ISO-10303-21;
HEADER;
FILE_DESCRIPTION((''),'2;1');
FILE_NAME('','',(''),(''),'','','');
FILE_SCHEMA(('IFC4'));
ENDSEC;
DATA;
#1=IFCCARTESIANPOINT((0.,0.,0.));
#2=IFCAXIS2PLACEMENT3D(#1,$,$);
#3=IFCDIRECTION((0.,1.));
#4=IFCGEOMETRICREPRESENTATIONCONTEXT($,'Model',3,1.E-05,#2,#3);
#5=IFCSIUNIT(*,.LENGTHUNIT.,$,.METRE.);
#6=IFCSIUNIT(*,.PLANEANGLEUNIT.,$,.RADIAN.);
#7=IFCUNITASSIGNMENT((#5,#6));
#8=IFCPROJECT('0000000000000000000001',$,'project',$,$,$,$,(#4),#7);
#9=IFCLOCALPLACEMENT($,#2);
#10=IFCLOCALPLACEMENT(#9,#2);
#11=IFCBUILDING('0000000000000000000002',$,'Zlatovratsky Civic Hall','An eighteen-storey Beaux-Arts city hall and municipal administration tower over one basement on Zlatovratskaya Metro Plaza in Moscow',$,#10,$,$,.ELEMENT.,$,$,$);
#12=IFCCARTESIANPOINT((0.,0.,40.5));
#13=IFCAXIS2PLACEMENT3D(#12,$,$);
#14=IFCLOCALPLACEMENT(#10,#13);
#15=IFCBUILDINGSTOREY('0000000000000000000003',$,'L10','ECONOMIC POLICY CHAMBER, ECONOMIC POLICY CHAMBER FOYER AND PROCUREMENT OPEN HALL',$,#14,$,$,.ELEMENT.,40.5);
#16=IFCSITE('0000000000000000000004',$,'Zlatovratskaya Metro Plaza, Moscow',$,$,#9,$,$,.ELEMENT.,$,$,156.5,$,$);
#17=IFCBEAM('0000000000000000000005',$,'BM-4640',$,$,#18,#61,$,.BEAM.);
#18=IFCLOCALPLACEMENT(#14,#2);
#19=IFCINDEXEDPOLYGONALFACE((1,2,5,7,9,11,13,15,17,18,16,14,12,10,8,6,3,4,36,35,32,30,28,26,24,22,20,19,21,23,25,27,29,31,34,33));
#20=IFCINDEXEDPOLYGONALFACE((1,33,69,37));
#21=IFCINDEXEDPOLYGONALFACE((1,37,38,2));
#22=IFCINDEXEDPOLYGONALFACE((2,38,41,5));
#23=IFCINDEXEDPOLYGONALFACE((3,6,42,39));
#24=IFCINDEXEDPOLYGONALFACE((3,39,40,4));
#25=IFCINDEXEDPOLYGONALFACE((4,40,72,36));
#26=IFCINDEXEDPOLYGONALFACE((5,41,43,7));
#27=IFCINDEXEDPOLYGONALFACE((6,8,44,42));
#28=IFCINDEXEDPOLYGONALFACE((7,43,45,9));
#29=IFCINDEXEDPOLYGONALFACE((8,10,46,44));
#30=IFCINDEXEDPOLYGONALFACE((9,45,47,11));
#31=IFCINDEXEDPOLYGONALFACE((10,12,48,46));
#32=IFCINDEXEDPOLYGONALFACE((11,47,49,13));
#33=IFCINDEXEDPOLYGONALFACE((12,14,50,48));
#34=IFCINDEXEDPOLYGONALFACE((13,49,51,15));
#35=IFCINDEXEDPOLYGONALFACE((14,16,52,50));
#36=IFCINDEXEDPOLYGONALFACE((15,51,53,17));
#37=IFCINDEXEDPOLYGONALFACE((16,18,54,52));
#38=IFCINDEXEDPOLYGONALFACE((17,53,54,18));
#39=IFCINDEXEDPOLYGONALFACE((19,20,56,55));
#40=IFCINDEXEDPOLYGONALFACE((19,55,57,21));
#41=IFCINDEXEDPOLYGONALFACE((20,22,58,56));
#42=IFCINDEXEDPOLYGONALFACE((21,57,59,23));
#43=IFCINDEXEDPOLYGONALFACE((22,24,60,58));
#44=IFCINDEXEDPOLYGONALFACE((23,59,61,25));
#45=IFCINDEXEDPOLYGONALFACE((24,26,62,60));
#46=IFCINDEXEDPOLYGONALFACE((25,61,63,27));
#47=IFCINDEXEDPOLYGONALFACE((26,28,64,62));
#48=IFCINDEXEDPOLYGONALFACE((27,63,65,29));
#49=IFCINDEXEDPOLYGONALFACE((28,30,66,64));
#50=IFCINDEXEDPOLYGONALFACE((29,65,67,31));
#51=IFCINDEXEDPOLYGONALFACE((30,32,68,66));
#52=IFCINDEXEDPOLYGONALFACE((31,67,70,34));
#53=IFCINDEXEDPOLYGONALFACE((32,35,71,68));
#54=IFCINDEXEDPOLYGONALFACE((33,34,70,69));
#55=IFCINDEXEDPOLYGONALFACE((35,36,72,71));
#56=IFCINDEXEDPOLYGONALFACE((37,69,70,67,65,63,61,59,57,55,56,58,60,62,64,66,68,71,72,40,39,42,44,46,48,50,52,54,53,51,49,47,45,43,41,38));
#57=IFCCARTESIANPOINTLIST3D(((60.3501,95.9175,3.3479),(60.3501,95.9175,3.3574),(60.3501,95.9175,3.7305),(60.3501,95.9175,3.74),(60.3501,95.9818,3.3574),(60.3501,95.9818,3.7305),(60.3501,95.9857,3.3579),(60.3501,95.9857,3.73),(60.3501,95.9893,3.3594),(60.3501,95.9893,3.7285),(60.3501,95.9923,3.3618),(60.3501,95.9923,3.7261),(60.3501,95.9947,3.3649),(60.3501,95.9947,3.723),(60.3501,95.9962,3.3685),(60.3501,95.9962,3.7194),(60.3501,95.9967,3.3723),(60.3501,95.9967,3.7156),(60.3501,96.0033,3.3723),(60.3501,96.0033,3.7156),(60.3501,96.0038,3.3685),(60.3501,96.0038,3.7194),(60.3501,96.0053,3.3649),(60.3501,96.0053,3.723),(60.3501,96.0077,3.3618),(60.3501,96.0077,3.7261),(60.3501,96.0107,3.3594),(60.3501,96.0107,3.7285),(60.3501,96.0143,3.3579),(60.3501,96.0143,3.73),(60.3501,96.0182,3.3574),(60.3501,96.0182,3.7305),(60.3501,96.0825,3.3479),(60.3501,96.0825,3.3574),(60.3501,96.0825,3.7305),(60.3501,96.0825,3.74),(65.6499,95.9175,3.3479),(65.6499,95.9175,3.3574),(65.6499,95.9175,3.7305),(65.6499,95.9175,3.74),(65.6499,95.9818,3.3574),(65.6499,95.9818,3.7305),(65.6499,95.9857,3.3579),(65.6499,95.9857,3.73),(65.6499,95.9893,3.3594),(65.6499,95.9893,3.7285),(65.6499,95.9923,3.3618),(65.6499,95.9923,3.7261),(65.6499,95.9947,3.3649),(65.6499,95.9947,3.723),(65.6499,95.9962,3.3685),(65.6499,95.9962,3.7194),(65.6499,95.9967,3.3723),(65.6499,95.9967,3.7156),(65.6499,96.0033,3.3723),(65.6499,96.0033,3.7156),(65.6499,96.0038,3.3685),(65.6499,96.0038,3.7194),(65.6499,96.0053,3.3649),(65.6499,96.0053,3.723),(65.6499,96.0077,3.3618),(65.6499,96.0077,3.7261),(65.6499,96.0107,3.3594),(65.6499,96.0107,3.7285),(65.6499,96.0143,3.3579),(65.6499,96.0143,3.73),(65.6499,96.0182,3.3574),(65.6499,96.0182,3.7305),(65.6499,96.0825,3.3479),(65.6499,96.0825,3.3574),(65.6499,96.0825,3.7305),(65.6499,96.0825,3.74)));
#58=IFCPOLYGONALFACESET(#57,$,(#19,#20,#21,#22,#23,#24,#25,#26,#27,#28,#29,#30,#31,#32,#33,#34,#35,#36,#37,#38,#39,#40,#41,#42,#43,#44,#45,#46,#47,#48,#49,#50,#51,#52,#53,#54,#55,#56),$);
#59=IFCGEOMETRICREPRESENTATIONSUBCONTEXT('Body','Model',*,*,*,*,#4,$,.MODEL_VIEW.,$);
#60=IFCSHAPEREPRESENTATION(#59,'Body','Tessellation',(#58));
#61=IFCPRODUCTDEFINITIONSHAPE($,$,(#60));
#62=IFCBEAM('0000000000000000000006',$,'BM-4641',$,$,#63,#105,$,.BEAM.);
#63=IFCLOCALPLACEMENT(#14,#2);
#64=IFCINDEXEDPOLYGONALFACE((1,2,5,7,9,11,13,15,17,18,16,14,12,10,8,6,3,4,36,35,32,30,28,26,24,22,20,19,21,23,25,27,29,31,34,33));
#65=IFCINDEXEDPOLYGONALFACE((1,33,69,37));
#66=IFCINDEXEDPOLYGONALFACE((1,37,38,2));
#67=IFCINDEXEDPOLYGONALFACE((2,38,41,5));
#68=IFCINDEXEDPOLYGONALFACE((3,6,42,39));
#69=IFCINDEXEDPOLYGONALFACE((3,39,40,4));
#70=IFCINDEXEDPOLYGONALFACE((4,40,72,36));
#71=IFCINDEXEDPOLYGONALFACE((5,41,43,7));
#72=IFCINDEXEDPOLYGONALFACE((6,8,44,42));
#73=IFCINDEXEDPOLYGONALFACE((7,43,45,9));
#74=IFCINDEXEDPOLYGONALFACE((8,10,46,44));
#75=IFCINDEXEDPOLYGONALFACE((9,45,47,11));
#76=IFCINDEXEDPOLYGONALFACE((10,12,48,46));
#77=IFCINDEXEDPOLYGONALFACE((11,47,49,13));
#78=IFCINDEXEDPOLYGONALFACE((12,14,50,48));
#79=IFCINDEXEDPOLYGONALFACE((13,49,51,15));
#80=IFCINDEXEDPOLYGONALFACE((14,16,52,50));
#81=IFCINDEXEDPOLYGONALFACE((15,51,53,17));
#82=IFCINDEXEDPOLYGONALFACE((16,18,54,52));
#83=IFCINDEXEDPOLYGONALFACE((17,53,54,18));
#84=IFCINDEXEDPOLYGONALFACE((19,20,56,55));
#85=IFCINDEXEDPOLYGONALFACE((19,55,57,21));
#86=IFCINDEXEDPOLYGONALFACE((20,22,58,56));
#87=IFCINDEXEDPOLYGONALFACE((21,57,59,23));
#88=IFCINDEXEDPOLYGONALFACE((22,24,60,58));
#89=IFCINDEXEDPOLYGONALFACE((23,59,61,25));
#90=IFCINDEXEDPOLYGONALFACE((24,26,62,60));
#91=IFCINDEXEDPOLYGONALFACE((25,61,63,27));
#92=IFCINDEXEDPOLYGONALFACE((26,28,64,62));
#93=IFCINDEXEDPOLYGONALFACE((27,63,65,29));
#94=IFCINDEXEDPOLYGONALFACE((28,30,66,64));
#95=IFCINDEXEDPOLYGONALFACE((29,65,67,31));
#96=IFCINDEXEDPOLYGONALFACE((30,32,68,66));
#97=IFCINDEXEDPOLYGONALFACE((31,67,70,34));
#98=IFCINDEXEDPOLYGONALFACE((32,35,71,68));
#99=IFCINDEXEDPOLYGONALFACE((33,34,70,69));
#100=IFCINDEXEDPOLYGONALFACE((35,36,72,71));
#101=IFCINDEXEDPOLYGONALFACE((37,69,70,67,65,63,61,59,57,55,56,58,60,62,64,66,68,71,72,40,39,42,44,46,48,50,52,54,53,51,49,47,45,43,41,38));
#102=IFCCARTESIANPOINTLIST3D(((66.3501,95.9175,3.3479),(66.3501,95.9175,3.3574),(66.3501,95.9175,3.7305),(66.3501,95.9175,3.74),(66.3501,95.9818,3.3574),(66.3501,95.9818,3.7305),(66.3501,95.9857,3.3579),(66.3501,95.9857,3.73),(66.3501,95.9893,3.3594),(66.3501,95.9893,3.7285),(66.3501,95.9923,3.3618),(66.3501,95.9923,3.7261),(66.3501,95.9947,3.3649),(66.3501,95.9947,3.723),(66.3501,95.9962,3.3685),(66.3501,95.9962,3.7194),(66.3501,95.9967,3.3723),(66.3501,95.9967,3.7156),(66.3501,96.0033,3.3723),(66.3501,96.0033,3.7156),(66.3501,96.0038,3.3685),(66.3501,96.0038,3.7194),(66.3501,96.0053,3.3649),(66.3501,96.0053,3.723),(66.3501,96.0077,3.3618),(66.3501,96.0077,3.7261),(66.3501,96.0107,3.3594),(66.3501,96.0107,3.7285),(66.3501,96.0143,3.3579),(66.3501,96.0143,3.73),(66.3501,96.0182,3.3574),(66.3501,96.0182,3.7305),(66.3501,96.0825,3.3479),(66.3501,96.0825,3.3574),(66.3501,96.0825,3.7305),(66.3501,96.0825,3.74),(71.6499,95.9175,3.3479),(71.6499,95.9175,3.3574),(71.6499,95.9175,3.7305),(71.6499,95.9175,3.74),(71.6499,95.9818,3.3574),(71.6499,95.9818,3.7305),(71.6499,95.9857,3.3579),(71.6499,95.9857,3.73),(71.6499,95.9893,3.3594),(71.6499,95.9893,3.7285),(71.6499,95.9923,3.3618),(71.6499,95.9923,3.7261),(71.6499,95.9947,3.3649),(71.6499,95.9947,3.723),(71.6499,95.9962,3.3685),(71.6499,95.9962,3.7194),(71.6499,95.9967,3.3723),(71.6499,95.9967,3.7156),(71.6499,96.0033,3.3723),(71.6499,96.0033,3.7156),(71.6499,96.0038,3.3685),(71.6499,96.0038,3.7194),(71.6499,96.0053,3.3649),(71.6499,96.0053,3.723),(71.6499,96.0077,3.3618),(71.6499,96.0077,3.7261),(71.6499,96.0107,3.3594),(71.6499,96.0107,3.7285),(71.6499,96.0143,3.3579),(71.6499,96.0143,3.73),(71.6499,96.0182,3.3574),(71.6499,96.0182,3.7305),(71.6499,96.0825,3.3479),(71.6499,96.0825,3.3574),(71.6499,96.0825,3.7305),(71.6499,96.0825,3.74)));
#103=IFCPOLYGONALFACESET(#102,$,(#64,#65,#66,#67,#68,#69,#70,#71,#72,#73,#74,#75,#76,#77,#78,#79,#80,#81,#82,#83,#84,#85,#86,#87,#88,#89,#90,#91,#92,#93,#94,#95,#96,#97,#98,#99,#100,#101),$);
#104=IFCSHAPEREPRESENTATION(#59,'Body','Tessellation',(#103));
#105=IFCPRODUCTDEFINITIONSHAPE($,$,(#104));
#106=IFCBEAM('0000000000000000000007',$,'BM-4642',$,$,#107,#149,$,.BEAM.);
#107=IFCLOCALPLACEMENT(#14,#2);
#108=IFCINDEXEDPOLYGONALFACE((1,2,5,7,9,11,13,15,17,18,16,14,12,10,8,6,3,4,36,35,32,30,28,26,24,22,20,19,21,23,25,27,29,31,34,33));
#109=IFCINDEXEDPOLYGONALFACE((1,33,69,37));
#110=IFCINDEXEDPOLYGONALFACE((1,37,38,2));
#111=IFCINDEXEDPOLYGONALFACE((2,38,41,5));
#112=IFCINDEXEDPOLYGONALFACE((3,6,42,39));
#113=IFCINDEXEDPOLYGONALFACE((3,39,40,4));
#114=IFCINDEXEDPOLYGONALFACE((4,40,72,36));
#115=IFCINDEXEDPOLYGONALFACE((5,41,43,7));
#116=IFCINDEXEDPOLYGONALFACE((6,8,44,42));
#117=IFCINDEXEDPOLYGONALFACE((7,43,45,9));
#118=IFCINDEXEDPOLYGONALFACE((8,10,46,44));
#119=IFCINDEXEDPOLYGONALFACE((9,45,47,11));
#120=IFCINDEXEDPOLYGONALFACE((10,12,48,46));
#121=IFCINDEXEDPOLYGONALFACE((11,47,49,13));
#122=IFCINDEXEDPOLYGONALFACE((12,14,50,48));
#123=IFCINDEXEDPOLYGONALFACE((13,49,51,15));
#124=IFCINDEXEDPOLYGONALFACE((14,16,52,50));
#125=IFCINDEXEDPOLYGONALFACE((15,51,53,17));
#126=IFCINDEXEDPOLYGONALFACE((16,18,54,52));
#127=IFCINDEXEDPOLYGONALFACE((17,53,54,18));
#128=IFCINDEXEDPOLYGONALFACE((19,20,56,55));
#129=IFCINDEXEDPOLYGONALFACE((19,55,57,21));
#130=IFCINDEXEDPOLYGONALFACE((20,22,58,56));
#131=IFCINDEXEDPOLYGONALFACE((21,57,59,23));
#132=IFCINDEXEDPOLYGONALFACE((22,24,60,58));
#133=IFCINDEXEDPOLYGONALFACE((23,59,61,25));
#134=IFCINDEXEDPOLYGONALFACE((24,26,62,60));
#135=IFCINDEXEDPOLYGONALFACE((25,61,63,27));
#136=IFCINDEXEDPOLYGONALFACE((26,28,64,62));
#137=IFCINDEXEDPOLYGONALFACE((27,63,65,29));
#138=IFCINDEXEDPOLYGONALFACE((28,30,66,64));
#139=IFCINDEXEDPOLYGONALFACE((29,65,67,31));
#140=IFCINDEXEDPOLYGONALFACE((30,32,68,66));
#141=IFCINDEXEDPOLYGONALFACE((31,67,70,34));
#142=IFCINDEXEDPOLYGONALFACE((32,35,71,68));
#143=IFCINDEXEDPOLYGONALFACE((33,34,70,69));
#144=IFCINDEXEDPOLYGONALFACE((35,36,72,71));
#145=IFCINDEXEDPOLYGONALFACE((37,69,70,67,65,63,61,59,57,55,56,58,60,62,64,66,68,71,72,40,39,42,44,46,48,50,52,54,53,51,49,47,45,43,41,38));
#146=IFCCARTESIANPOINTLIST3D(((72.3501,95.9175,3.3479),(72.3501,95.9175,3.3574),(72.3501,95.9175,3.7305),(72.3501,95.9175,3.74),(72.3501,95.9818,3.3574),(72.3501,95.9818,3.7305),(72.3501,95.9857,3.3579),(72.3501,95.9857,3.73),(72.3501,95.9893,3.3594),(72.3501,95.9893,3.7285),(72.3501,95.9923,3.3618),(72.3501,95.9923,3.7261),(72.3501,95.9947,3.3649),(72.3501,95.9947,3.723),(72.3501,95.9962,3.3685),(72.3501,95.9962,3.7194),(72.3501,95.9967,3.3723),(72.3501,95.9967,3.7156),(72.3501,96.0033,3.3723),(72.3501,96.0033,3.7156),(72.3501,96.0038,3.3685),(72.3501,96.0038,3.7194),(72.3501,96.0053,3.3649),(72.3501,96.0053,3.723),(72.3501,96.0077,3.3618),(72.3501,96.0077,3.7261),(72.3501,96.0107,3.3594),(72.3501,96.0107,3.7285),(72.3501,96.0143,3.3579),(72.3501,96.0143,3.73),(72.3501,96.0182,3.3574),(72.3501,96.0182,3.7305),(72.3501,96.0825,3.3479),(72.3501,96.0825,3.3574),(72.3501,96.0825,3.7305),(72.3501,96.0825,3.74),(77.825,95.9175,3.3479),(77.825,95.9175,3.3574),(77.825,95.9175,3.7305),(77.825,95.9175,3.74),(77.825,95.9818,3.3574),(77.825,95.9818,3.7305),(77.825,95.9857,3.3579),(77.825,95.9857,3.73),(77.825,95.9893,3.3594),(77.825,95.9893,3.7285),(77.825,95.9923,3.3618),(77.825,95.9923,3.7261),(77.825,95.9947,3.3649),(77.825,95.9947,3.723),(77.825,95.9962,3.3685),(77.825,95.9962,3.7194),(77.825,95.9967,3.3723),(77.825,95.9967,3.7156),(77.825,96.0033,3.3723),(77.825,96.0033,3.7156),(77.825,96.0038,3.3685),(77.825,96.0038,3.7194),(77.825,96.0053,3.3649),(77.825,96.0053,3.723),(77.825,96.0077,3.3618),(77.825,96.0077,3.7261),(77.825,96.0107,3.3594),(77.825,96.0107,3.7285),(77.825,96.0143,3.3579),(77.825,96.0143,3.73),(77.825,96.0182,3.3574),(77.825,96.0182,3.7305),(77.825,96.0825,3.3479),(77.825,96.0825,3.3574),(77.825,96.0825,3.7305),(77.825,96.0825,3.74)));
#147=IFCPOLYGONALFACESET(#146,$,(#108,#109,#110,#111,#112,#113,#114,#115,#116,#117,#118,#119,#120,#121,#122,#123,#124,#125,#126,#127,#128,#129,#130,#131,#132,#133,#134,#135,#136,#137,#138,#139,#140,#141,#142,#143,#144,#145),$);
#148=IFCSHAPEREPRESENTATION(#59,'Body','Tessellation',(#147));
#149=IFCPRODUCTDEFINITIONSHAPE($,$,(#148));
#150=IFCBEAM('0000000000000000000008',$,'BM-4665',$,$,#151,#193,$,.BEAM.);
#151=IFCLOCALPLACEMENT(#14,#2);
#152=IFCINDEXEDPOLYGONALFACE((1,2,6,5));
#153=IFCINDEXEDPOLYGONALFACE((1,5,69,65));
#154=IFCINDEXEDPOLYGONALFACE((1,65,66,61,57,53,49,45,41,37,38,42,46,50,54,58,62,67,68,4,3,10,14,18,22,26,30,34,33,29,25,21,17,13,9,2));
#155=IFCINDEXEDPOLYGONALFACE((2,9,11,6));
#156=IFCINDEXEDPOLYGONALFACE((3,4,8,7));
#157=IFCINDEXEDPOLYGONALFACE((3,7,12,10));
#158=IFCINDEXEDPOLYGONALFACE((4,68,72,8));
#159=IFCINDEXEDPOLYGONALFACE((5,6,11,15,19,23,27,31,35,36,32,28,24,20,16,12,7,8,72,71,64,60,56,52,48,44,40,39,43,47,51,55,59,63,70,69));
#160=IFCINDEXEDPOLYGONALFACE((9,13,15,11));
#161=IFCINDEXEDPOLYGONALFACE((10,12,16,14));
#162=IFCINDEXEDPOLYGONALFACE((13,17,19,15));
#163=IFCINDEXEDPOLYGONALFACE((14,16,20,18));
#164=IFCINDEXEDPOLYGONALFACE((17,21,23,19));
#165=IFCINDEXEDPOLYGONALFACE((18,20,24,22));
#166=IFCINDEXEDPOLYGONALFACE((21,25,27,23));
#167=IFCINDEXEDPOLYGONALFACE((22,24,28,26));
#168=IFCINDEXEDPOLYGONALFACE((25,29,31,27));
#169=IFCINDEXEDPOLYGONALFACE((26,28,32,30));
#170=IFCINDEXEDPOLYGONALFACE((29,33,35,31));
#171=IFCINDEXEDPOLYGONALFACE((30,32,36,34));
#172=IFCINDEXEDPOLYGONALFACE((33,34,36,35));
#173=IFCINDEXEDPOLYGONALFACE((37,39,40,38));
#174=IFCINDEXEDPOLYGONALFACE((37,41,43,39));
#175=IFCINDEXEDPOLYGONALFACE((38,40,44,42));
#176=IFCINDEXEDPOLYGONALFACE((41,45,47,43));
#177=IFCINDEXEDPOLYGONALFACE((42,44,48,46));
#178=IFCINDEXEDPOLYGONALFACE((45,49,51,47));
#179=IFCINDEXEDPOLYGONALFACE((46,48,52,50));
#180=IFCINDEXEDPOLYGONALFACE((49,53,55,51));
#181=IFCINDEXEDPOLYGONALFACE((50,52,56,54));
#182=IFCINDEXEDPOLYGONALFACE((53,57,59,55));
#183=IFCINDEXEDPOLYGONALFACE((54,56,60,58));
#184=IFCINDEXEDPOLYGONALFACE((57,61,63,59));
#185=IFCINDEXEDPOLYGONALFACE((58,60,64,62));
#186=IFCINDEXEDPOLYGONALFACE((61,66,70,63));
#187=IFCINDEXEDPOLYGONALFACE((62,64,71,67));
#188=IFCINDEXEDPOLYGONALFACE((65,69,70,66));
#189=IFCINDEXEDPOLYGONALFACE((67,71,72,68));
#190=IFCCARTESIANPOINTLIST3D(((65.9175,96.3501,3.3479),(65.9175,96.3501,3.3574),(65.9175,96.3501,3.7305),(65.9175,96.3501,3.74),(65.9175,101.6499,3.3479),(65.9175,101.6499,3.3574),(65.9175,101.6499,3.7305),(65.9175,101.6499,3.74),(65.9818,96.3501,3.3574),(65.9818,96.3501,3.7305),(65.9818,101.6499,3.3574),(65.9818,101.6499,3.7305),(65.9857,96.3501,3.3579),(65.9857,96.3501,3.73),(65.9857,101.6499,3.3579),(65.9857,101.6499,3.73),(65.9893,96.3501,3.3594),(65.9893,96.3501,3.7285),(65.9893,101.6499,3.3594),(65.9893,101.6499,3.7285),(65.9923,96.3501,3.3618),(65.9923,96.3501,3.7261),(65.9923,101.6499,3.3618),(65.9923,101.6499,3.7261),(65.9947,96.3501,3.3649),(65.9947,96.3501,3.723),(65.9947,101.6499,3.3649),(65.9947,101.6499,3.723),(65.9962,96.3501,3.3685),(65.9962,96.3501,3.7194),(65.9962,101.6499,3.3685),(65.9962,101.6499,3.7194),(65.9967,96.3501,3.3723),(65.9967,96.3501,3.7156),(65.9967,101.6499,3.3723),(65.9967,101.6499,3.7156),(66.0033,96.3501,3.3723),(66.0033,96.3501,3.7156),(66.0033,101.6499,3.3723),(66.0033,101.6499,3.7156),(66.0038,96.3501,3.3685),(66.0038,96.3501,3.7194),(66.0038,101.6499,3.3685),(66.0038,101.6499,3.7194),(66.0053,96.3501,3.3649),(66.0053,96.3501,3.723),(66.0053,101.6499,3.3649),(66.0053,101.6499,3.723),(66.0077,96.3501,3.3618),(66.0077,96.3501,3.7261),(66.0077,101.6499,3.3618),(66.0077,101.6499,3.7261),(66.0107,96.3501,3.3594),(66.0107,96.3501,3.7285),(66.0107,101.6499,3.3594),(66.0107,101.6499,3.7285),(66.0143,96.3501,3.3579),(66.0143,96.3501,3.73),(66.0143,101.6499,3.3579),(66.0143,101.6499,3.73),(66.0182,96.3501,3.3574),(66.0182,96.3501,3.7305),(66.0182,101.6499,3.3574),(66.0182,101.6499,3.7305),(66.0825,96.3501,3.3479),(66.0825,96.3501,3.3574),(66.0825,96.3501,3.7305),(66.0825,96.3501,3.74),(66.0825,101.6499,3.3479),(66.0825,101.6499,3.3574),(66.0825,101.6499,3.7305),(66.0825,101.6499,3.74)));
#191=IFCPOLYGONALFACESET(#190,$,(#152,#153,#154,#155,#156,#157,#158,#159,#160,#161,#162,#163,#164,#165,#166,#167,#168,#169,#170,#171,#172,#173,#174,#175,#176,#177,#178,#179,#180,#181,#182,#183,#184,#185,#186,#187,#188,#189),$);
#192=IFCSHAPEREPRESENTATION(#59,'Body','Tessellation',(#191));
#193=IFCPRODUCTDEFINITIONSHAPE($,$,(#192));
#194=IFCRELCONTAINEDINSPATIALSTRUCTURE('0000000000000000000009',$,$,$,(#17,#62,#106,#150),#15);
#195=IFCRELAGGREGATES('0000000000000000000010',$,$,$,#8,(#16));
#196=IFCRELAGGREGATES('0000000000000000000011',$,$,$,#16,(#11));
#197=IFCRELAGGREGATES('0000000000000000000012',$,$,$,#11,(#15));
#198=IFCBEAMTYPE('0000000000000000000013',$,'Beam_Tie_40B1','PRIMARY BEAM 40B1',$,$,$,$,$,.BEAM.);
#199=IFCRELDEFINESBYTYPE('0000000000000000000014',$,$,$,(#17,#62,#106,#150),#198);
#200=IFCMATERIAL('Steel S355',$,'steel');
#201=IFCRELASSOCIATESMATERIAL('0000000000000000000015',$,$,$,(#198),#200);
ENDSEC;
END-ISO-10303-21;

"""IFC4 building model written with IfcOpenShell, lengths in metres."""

from ifc_helpers import new_model, si_unit, direction, frame, origin, origin_2d, place, context, subcontext, project, spatial, i_section, extrude, material, material_profile, profile_set, type_object, element, save


model = new_model("IFC4")

# Units and contexts
model_context = context("Model", 3, precision=1e-05, world=origin(), true_north=direction((0.0, 1.0)))
body_context = subcontext(model_context, "Body", "Model", "MODEL_VIEW")
ifc_project = project(units=[si_unit("LENGTHUNIT", "METRE"), si_unit("PLANEANGLEUNIT", "RADIAN")], contexts=[model_context])

# Site, building, storey
site_placement = place(None, origin())
site = spatial("IfcSite", under=ifc_project, at=site_placement, Name="Zlatovratskaya Metro Plaza, Moscow", CompositionType="ELEMENT", RefElevation=156.5)
building_placement = place(site_placement, origin())
building = spatial("IfcBuilding", under=site, at=building_placement, Name="Zlatovratsky Civic Hall", Description="An eighteen-storey Beaux-Arts city hall and municipal administration tower over one basement on Zlatovratskaya Metro Plaza in Moscow", CompositionType="ELEMENT")
storey_placement = place(building_placement, frame((0.0, 0.0, 40.5)))
storey = spatial("IfcBuildingStorey", under=building, at=storey_placement, Name="L10", Description="ECONOMIC POLICY CHAMBER, ECONOMIC POLICY CHAMBER FOYER AND PROCUREMENT OPEN HALL", CompositionType="ELEMENT", Elevation=40.5)

# Beams
ifc_material_1 = material(Name="Steel S355", Category="steel")
ifc_material_profile_1 = material_profile(ifc_material_1, i_section(OverallWidth=0.165, OverallDepth=0.3921, WebThickness=0.0066, FlangeThickness=0.0095, FilletRadius=0.0149, at=origin_2d()), Name="40B1")
ifc_profile_set_1 = profile_set([ifc_material_profile_1], Name="Steel S355")
beam_type_1 = type_object("IfcBeamType", Name="Beam_Tie_40B1", Description="PRIMARY BEAM 40B1", PredefinedType="BEAM", material=ifc_profile_set_1)
for number, where, z_axis, x_axis, name in (
    (1, (60.3501, 96.0, 3.5439), (1.0, 0.0, 0.0), (0.0, 1.0, 0.0), "BM-4640"),
    (2, (66.3501, 96.0, 3.5439), (1.0, 0.0, 0.0), (0.0, 1.0, 0.0), "BM-4641"),
):
    element("IfcBeam", number, at=place(storey_placement, frame(where, z_axis=z_axis, x_axis=x_axis)), inside=storey, type_object=beam_type_1, Name=name, PredefinedType="BEAM", context=body_context, shape_type="SweptSolid", body=[
        extrude(i_section(OverallWidth=0.165, OverallDepth=0.3921, WebThickness=0.0066, FlangeThickness=0.0095, FilletRadius=0.0149, at=origin_2d()), origin(), (0.0, 0.0, 1.0), 5.2998),
    ])
beam_placement = place(storey_placement, frame((72.3501, 96.0, 3.5439), z_axis=(1.0, 0.0, 0.0), x_axis=(0.0, 1.0, 0.0)))
element("IfcBeam", 3, at=beam_placement, inside=storey, type_object=beam_type_1, Name="BM-4642", PredefinedType="BEAM", context=body_context, shape_type="SweptSolid", body=[
    extrude(i_section(OverallWidth=0.165, OverallDepth=0.3921, WebThickness=0.0066, FlangeThickness=0.0095, FilletRadius=0.0149, at=origin_2d()), origin(), (0.0, 0.0, 1.0), 5.4749),
])
for number, where, z_axis, x_axis, name in (
    (4, (66.0, 96.3501, 3.5439), (0.0, 1.0, 0.0), (-1.0, 0.0, 0.0), "BM-4665"),
):
    element("IfcBeam", number, at=place(storey_placement, frame(where, z_axis=z_axis, x_axis=x_axis)), inside=storey, type_object=beam_type_1, Name=name, PredefinedType="BEAM", context=body_context, shape_type="SweptSolid", body=[
        extrude(i_section(OverallWidth=0.165, OverallDepth=0.3921, WebThickness=0.0066, FlangeThickness=0.0095, FilletRadius=0.0149, at=origin_2d()), origin(), (0.0, 0.0, 1.0), 5.2998),
    ])

save(model, "model.ifc")
